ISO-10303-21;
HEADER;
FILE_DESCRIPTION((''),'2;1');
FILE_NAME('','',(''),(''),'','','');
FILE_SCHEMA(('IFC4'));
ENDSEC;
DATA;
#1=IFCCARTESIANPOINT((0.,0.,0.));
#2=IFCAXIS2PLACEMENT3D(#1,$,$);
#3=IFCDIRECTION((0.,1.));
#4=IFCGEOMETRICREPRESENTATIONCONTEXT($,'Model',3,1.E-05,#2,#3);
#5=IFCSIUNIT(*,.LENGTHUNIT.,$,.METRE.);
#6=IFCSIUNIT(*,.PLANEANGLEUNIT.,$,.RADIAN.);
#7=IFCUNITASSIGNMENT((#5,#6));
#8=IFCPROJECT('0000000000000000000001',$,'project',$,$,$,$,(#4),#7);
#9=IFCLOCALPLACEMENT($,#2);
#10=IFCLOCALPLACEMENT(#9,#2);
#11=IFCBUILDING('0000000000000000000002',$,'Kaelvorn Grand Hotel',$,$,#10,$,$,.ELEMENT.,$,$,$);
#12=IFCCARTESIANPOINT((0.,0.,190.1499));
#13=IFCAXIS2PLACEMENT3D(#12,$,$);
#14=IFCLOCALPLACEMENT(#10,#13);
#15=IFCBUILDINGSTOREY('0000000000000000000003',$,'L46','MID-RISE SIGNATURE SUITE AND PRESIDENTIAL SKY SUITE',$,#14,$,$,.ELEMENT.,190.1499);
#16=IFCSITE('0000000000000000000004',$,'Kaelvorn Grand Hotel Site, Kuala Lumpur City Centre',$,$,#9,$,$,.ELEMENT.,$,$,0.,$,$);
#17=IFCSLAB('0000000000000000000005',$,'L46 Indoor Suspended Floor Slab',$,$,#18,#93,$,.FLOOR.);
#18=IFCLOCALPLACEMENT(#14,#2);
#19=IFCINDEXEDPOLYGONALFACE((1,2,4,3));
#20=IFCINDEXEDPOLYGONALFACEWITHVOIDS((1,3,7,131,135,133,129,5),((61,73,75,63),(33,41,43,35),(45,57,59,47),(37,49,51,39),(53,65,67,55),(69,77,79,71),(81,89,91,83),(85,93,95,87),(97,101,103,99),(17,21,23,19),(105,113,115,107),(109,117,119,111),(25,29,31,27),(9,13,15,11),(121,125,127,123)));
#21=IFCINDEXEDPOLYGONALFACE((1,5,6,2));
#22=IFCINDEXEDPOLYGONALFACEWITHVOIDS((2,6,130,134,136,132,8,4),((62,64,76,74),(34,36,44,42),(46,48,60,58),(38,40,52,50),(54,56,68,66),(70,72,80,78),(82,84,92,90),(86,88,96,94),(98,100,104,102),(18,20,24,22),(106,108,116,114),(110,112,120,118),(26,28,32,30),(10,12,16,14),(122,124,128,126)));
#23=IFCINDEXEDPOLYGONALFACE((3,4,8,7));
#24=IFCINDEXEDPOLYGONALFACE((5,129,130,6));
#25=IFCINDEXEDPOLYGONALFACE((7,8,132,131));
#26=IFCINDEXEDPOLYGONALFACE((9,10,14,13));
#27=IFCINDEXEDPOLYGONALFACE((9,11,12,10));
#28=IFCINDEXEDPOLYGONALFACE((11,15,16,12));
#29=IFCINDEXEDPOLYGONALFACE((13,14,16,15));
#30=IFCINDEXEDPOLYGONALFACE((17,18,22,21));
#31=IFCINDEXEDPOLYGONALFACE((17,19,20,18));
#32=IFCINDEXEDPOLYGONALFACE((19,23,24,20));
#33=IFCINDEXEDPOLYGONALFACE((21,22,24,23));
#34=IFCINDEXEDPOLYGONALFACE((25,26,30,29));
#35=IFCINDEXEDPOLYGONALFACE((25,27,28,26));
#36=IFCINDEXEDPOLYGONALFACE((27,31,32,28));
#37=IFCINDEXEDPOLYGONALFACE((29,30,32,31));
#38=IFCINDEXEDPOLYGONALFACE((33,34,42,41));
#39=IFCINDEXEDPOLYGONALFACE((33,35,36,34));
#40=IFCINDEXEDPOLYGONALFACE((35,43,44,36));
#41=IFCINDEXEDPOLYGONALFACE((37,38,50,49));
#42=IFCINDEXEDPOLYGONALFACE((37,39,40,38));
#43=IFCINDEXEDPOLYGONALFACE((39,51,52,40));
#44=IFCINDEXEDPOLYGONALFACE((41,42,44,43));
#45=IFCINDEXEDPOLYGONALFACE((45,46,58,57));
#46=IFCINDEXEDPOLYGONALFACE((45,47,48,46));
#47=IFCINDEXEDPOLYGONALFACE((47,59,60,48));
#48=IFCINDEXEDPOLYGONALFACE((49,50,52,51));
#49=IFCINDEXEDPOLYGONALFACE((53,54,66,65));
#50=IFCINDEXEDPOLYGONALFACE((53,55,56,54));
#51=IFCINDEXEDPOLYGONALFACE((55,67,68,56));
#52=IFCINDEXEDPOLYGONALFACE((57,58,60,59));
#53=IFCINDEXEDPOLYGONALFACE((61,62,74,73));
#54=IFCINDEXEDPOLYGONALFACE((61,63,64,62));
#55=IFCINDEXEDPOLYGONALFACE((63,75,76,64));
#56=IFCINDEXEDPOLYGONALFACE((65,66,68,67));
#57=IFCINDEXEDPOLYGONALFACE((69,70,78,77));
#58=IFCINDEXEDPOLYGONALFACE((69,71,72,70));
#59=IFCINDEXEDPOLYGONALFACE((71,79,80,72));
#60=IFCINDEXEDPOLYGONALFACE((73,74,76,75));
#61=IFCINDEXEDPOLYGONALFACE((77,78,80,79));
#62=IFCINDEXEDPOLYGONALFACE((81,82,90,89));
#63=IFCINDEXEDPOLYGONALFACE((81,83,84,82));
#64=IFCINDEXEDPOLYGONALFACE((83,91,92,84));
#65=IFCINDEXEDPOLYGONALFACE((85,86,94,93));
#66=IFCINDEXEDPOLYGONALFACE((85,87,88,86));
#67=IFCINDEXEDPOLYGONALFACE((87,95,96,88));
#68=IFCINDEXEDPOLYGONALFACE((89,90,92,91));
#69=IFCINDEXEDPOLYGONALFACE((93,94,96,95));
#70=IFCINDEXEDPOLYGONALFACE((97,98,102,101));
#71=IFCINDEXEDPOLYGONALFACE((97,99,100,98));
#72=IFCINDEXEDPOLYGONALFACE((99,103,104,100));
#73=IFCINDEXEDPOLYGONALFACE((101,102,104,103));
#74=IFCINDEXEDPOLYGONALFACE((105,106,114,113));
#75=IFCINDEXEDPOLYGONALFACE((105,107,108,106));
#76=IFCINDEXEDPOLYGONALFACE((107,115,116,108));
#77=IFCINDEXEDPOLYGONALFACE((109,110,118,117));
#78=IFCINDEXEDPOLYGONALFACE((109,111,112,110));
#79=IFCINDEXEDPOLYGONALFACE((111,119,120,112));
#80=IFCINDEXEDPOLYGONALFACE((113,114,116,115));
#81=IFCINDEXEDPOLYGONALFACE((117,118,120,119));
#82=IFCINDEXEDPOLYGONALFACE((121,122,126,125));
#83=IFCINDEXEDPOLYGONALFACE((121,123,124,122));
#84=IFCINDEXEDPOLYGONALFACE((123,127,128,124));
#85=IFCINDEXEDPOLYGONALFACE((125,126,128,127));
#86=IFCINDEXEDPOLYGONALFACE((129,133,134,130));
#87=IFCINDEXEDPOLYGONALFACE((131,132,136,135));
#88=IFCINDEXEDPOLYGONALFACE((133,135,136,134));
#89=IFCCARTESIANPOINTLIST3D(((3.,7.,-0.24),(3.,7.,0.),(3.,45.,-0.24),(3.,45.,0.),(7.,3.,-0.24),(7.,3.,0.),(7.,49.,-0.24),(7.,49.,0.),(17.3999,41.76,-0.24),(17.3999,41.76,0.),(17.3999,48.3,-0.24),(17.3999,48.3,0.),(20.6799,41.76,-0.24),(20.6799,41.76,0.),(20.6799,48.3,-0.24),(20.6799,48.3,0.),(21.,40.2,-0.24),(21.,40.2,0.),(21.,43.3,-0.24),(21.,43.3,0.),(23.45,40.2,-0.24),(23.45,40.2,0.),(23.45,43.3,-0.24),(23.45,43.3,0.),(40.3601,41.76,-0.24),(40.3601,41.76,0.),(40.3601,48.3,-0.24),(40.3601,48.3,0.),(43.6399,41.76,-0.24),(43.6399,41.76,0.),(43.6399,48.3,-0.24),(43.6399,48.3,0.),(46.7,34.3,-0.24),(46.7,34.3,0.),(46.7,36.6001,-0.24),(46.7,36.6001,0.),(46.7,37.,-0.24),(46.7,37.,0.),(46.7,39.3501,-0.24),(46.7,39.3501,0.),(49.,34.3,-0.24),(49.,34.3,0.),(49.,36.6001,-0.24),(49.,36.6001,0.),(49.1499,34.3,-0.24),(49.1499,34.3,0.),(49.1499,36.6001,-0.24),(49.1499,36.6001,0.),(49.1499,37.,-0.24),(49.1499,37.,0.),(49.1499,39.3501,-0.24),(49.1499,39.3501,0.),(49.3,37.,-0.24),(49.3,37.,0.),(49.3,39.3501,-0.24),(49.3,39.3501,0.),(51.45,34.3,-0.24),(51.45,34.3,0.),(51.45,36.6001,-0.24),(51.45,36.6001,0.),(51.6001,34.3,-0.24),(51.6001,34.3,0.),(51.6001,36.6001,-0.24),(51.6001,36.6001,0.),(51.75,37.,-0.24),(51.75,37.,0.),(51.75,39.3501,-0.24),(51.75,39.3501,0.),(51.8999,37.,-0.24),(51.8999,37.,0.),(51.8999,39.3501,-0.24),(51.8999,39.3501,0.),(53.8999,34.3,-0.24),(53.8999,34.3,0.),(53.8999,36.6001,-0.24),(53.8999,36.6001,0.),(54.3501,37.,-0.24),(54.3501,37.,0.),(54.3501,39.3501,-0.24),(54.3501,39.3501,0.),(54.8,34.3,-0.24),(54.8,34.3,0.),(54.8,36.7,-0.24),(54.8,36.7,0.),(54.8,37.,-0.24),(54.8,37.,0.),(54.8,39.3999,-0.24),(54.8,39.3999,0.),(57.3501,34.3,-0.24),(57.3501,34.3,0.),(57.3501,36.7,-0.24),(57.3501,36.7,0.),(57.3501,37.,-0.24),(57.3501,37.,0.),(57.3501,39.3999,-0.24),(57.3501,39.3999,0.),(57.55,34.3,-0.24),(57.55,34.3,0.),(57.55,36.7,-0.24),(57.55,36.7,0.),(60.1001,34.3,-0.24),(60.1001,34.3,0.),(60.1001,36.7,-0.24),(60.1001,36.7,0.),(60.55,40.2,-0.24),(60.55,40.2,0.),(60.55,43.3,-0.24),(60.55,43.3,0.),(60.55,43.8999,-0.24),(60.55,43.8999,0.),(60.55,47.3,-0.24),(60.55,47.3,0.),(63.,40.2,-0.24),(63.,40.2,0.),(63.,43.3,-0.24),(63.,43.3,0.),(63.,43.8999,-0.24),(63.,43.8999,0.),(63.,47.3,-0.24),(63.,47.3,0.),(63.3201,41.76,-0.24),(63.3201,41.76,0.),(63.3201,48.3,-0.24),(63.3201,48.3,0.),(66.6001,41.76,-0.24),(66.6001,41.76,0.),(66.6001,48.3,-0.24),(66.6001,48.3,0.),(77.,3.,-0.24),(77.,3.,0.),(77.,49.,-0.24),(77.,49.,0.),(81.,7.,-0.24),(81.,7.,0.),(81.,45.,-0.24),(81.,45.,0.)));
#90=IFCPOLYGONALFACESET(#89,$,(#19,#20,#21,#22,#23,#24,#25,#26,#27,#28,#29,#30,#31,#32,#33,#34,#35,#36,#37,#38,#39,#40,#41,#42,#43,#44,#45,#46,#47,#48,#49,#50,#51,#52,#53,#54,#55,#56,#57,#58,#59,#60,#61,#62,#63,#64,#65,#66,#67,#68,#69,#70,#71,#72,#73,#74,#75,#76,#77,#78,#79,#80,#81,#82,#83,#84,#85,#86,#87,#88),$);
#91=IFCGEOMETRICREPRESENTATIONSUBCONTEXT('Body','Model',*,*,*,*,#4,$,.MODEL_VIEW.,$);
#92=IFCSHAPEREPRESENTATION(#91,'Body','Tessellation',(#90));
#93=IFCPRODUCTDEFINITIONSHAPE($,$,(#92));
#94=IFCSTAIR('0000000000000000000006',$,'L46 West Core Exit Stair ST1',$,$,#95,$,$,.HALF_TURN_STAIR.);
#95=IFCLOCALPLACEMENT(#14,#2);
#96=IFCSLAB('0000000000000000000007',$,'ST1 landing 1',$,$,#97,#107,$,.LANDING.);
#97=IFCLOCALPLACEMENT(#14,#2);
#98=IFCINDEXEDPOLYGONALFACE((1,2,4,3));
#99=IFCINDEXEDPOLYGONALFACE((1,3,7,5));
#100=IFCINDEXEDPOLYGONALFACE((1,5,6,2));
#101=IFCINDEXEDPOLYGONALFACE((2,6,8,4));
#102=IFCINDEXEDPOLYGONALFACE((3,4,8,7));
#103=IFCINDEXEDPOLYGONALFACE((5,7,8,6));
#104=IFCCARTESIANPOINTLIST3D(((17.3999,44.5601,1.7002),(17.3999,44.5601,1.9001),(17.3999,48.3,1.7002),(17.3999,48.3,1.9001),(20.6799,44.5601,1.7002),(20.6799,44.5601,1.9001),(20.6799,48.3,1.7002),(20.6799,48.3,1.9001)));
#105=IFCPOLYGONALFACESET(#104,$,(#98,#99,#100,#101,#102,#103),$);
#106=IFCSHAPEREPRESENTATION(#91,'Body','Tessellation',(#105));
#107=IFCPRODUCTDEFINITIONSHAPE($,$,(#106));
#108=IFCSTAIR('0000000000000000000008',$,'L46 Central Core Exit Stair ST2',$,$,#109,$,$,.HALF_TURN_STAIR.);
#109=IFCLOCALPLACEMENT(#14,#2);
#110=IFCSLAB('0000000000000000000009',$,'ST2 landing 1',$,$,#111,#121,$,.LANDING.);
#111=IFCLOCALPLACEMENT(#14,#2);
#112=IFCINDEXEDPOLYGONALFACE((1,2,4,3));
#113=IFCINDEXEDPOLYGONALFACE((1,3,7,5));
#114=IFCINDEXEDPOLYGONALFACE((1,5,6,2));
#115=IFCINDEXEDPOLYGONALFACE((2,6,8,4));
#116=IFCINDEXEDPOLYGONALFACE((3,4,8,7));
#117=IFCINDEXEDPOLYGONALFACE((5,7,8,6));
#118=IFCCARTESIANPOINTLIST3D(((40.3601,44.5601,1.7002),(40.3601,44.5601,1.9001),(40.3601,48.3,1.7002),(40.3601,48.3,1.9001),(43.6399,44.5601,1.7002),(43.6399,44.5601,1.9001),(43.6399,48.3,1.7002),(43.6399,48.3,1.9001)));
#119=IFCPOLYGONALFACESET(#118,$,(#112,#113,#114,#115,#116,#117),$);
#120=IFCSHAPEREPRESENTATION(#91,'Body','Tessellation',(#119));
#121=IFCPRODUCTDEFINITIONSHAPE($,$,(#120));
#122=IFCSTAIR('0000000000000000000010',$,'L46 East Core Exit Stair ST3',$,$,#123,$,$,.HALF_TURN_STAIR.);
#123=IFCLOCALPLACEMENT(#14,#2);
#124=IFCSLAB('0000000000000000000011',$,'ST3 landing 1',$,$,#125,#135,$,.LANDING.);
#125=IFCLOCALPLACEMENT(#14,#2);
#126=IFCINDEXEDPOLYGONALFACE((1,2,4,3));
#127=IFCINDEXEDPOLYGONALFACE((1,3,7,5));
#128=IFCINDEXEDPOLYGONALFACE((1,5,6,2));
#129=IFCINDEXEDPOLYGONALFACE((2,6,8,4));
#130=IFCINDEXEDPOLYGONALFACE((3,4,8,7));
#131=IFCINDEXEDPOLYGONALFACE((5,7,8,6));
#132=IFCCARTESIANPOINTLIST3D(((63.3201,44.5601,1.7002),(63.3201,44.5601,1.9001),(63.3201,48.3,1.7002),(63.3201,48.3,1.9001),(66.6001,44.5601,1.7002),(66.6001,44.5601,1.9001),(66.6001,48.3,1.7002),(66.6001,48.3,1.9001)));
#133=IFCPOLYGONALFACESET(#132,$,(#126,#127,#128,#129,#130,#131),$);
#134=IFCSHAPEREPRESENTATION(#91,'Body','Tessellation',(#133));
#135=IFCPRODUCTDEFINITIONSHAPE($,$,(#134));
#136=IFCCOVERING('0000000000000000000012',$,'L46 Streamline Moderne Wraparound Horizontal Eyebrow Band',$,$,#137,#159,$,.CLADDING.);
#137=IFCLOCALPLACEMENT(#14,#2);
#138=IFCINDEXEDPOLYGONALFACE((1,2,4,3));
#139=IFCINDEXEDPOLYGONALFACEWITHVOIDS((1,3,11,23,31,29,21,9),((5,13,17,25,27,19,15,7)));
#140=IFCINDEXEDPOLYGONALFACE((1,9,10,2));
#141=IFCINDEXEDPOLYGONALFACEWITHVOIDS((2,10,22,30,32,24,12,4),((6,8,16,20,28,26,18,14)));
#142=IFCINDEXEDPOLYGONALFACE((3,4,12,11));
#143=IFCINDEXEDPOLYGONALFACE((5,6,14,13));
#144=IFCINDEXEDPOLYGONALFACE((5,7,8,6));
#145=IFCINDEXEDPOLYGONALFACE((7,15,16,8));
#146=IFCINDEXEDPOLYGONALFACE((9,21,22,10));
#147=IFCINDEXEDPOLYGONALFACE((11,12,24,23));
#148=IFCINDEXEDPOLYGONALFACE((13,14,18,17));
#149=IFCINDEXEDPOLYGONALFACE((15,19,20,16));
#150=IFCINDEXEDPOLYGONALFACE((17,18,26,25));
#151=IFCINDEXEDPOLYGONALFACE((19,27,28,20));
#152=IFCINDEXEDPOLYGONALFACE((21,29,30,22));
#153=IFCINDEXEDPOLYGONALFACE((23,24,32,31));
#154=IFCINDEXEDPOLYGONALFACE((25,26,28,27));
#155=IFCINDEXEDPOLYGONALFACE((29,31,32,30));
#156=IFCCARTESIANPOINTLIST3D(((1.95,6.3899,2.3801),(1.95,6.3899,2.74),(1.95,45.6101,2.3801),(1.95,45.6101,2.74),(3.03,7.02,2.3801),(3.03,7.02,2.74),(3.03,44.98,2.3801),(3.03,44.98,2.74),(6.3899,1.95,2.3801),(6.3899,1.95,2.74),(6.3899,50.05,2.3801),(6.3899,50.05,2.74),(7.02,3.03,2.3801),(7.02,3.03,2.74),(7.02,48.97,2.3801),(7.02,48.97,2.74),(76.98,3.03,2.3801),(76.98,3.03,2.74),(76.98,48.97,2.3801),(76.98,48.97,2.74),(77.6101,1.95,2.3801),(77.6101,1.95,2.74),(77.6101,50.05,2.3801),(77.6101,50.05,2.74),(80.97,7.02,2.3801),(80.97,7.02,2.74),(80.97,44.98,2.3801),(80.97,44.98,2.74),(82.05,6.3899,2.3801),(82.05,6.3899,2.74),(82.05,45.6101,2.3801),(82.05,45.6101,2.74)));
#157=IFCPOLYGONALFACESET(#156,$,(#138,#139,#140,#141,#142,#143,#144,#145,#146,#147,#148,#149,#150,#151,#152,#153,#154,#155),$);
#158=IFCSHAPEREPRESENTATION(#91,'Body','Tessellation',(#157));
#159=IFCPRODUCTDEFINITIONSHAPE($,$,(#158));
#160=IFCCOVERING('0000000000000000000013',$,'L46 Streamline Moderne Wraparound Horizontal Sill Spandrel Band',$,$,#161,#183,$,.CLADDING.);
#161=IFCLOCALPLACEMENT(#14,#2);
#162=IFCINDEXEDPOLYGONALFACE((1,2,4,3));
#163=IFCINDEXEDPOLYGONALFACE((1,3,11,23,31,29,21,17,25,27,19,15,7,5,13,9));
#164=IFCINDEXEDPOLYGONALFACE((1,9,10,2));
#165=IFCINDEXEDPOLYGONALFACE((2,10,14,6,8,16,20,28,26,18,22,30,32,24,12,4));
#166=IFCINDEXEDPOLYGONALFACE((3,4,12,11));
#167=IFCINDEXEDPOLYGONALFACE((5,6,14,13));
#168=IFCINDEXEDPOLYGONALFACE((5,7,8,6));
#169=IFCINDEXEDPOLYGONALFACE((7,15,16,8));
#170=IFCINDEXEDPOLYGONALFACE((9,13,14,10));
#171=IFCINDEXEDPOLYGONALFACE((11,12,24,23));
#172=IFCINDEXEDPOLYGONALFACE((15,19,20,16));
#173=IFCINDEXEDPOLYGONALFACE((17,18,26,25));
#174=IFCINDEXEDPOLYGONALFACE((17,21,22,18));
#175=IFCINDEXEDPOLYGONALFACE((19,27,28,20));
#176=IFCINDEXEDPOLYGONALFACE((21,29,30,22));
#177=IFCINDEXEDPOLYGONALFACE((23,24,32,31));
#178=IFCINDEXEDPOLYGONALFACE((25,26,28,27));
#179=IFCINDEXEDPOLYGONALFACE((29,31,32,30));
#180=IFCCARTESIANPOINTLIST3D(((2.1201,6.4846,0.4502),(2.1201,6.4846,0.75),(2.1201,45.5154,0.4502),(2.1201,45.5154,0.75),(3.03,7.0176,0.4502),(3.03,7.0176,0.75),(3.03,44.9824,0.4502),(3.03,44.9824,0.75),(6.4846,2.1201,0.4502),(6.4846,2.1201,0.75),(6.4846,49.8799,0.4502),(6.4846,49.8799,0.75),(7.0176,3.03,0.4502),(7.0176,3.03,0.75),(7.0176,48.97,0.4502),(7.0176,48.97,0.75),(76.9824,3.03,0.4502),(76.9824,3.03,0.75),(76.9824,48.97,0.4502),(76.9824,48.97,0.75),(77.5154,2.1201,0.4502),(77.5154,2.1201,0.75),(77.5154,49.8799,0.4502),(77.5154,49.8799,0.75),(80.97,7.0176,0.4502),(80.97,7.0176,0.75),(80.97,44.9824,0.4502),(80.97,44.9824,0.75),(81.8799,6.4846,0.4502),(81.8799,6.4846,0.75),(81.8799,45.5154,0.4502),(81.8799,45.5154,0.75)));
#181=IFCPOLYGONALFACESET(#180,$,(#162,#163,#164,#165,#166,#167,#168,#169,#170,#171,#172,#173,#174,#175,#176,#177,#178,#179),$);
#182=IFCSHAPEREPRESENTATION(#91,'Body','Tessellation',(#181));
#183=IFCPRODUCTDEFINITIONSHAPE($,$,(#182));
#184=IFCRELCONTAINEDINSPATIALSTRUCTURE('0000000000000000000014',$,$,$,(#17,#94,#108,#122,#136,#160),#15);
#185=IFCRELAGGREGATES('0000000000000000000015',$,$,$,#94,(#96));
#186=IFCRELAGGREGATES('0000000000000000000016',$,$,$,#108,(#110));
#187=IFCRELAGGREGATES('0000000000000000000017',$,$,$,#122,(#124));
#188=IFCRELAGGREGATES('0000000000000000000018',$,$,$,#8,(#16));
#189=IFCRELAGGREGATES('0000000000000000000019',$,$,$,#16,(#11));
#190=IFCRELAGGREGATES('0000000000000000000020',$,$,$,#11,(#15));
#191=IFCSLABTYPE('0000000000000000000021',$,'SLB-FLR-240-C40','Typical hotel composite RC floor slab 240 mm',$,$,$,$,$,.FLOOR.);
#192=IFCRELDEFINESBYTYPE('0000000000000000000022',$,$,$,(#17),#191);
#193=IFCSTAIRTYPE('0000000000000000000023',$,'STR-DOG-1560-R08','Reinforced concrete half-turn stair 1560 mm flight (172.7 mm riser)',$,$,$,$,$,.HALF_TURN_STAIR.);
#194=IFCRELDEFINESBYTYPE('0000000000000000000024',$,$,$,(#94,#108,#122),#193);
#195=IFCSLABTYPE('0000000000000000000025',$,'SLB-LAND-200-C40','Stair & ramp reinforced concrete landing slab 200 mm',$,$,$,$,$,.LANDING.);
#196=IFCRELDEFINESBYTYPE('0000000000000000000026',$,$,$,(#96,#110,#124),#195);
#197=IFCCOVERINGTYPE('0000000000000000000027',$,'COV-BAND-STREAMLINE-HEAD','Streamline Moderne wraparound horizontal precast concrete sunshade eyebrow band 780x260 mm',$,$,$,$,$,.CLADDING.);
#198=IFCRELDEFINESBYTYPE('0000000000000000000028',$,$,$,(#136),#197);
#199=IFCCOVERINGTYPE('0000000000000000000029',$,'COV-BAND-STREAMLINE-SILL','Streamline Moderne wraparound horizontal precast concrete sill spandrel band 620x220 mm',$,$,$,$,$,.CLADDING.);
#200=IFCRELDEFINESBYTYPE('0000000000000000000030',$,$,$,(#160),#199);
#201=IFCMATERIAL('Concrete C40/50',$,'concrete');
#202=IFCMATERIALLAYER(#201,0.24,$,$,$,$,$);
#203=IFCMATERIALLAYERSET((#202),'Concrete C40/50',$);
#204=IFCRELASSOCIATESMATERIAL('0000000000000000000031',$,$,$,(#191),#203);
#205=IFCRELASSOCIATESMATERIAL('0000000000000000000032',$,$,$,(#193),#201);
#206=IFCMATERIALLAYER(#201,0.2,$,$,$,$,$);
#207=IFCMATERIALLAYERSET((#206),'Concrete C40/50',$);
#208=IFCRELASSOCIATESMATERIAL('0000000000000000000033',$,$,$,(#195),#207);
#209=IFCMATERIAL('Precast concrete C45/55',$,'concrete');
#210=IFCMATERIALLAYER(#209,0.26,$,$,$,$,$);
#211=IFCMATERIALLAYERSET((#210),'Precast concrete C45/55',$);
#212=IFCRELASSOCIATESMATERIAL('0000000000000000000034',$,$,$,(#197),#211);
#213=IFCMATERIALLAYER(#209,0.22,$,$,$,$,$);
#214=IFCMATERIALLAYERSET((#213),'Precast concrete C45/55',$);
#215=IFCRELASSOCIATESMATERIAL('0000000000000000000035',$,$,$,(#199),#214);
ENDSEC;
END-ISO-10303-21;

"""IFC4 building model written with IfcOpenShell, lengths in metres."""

from ifc_helpers import new_model, si_unit, direction, frame, origin, place, context, subcontext, project, spatial, polyline, outline, extrude, material, layer, layer_set, type_object, element, aggregate, save


model = new_model("IFC4")

# Units and contexts
model_context = context("Model", 3, precision=1e-05, world=origin(), true_north=direction((0.0, 1.0)))
body_context = subcontext(model_context, "Body", "Model", "MODEL_VIEW")
ifc_project = project(units=[si_unit("LENGTHUNIT", "METRE"), si_unit("PLANEANGLEUNIT", "RADIAN")], contexts=[model_context])

# Site, building, storey
site_placement = place(None, origin())
site = spatial("IfcSite", under=ifc_project, at=site_placement, Name="Kaelvorn Grand Hotel Site, Kuala Lumpur City Centre", CompositionType="ELEMENT", RefElevation=0.0)
building_placement = place(site_placement, origin())
building = spatial("IfcBuilding", under=site, at=building_placement, Name="Kaelvorn Grand Hotel", CompositionType="ELEMENT")
storey_placement = place(building_placement, frame((0.0, 0.0, 190.1499)))
storey = spatial("IfcBuildingStorey", under=building, at=storey_placement, Name="L46", Description="MID-RISE SIGNATURE SUITE AND PRESIDENTIAL SKY SUITE", CompositionType="ELEMENT", Elevation=190.1499)

# Slab
ifc_material_1 = material(Name="Concrete C40/50", Category="concrete")
ifc_layer_1 = layer(ifc_material_1, 0.24)
ifc_layer_set_1 = layer_set([ifc_layer_1], Name="Concrete C40/50")
slab_type_1 = type_object("IfcSlabType", Name="SLB-FLR-240-C40", Description="Typical hotel composite RC floor slab 240 mm", PredefinedType="FLOOR", material=ifc_layer_set_1)
slab_1_placement = place(storey_placement, frame((0.0, 0.0, -0.24)))
element("IfcSlab", 1, at=slab_1_placement, inside=storey, type_object=slab_type_1, Name="L46 Indoor Suspended Floor Slab", PredefinedType="FLOOR", context=body_context, shape_type="SweptSolid", body=[
    extrude(outline(polyline([(7.0, 3.0), (77.0, 3.0), (81.0, 7.0), (81.0, 45.0), (77.0, 49.0), (7.0, 49.0), (3.0, 45.0), (3.0, 7.0), (7.0, 3.0)]), holes=[polyline([(17.3999, 41.76), (17.3999, 48.3), (20.6799, 48.3), (20.6799, 41.76), (17.3999, 41.76)]), polyline([(40.3601, 41.76), (40.3601, 48.3), (43.6399, 48.3), (43.6399, 41.76), (40.3601, 41.76)]), polyline([(63.3201, 41.76), (63.3201, 48.3), (66.6001, 48.3), (66.6001, 41.76), (63.3201, 41.76)]), polyline([(46.7, 34.3), (46.7, 36.6001), (49.0, 36.6001), (49.0, 34.3), (46.7, 34.3)]), polyline([(49.1499, 34.3), (49.1499, 36.6001), (51.45, 36.6001), (51.45, 34.3), (49.1499, 34.3)]), polyline([(51.6001, 34.3), (51.6001, 36.6001), (53.8999, 36.6001), (53.8999, 34.3), (51.6001, 34.3)]), polyline([(46.7, 37.0), (46.7, 39.3501), (49.1499, 39.3501), (49.1499, 37.0), (46.7, 37.0)]), polyline([(49.3, 37.0), (49.3, 39.3501), (51.75, 39.3501), (51.75, 37.0), (49.3, 37.0)]), polyline([(51.8999, 37.0), (51.8999, 39.3501), (54.3501, 39.3501), (54.3501, 37.0), (51.8999, 37.0)]), polyline([(54.8, 34.3), (54.8, 36.7), (57.3501, 36.7), (57.3501, 34.3), (54.8, 34.3)]), polyline([(57.55, 34.3), (57.55, 36.7), (60.1001, 36.7), (60.1001, 34.3), (57.55, 34.3)]), polyline([(54.8, 37.0), (54.8, 39.3999), (57.3501, 39.3999), (57.3501, 37.0), (54.8, 37.0)]), polyline([(21.0, 40.2), (21.0, 43.3), (23.45, 43.3), (23.45, 40.2), (21.0, 40.2)]), polyline([(60.55, 40.2), (60.55, 43.3), (63.0, 43.3), (63.0, 40.2), (60.55, 40.2)]), polyline([(60.55, 43.8999), (60.55, 47.3), (63.0, 47.3), (63.0, 43.8999), (60.55, 43.8999)])]), origin(), (0.0, 0.0, 1.0), 0.24),
])

# Stairs, slabs
stair_type = type_object("IfcStairType", Name="STR-DOG-1560-R08", Description="Reinforced concrete half-turn stair 1560 mm flight (172.7 mm riser)", PredefinedType="HALF_TURN_STAIR", material=ifc_material_1)
stair_1_placement = place(storey_placement, origin())
stair_1 = element("IfcStair", 2, at=stair_1_placement, inside=storey, type_object=stair_type, Name="L46 West Core Exit Stair ST1", PredefinedType="HALF_TURN_STAIR")
ifc_layer_2 = layer(ifc_material_1, 0.2)
ifc_layer_set_2 = layer_set([ifc_layer_2], Name="Concrete C40/50")
slab_type_2 = type_object("IfcSlabType", Name="SLB-LAND-200-C40", Description="Stair & ramp reinforced concrete landing slab 200 mm", PredefinedType="LANDING", material=ifc_layer_set_2)
slab_2_placement = place(storey_placement, frame((0.0, 0.0, 1.7002)))
slab_2 = element("IfcSlab", 3, at=slab_2_placement, type_object=slab_type_2, Name="ST1 landing 1", PredefinedType="LANDING", context=body_context, shape_type="SweptSolid", body=[
    extrude(outline(polyline([(20.6799, 44.5601), (20.6799, 48.3), (17.3999, 48.3), (17.3999, 44.5601), (20.6799, 44.5601)])), origin(), (0.0, 0.0, 1.0), 0.2),
])
aggregate(stair_1, [slab_2])
stair_2_placement = place(storey_placement, origin())
stair_2 = element("IfcStair", 4, at=stair_2_placement, inside=storey, type_object=stair_type, Name="L46 Central Core Exit Stair ST2", PredefinedType="HALF_TURN_STAIR")
slab_3_placement = place(storey_placement, frame((0.0, 0.0, 1.7002)))
slab_3 = element("IfcSlab", 5, at=slab_3_placement, type_object=slab_type_2, Name="ST2 landing 1", PredefinedType="LANDING", context=body_context, shape_type="SweptSolid", body=[
    extrude(outline(polyline([(43.6399, 44.5601), (43.6399, 48.3), (40.3601, 48.3), (40.3601, 44.5601), (43.6399, 44.5601)])), origin(), (0.0, 0.0, 1.0), 0.2),
])
aggregate(stair_2, [slab_3])
stair_3_placement = place(storey_placement, origin())
stair_3 = element("IfcStair", 6, at=stair_3_placement, inside=storey, type_object=stair_type, Name="L46 East Core Exit Stair ST3", PredefinedType="HALF_TURN_STAIR")
slab_4_placement = place(storey_placement, frame((0.0, 0.0, 1.7002)))
slab_4 = element("IfcSlab", 7, at=slab_4_placement, type_object=slab_type_2, Name="ST3 landing 1", PredefinedType="LANDING", context=body_context, shape_type="SweptSolid", body=[
    extrude(outline(polyline([(66.6001, 44.5601), (66.6001, 48.3), (63.3201, 48.3), (63.3201, 44.5601), (66.6001, 44.5601)])), origin(), (0.0, 0.0, 1.0), 0.2),
])
aggregate(stair_3, [slab_4])

# Coverings
ifc_material_2 = material(Name="Precast concrete C45/55", Category="concrete")
ifc_layer_3 = layer(ifc_material_2, 0.26)
ifc_layer_set_3 = layer_set([ifc_layer_3], Name="Precast concrete C45/55")
covering_type_1 = type_object("IfcCoveringType", Name="COV-BAND-STREAMLINE-HEAD", Description="Streamline Moderne wraparound horizontal precast concrete sunshade eyebrow band 780x260 mm", PredefinedType="CLADDING", material=ifc_layer_set_3)
covering_1_placement = place(storey_placement, frame((0.0, 0.0, 2.3801)))
element("IfcCovering", 8, at=covering_1_placement, inside=storey, type_object=covering_type_1, Name="L46 Streamline Moderne Wraparound Horizontal Eyebrow Band", PredefinedType="CLADDING", context=body_context, shape_type="SweptSolid", body=[
    extrude(outline(polyline([(6.3899, 1.95), (77.6101, 1.95), (82.05, 6.3899), (82.05, 45.6101), (77.6101, 50.05), (6.3899, 50.05), (1.95, 45.6101), (1.95, 6.3899), (6.3899, 1.95)]), holes=[polyline([(7.02, 3.03), (76.98, 3.03), (80.97, 7.02), (80.97, 44.98), (76.98, 48.97), (7.02, 48.97), (3.03, 44.98), (3.03, 7.02), (7.02, 3.03)])]), origin(), (0.0, 0.0, 1.0), 0.3599),
])
ifc_layer_4 = layer(ifc_material_2, 0.22)
ifc_layer_set_4 = layer_set([ifc_layer_4], Name="Precast concrete C45/55")
covering_type_2 = type_object("IfcCoveringType", Name="COV-BAND-STREAMLINE-SILL", Description="Streamline Moderne wraparound horizontal precast concrete sill spandrel band 620x220 mm", PredefinedType="CLADDING", material=ifc_layer_set_4)
covering_2_placement = place(storey_placement, frame((0.0, 0.0, 0.4502)))
element("IfcCovering", 9, at=covering_2_placement, inside=storey, type_object=covering_type_2, Name="L46 Streamline Moderne Wraparound Horizontal Sill Spandrel Band", PredefinedType="CLADDING", context=body_context, shape_type="SweptSolid", body=[
    extrude(outline(polyline([(77.5154, 2.1201), (81.8799, 6.4846), (81.8799, 45.5154), (77.5154, 49.8799), (6.4846, 49.8799), (2.1201, 45.5154), (2.1201, 6.4846), (6.4846, 2.1201), (7.0176, 3.03), (3.03, 7.0176), (3.03, 44.9824), (7.0176, 48.97), (76.9824, 48.97), (80.97, 44.9824), (80.97, 7.0176), (76.9824, 3.03), (77.5154, 2.1201)])), origin(), (0.0, 0.0, 1.0), 0.2998),
])

save(model, "model.ifc")
